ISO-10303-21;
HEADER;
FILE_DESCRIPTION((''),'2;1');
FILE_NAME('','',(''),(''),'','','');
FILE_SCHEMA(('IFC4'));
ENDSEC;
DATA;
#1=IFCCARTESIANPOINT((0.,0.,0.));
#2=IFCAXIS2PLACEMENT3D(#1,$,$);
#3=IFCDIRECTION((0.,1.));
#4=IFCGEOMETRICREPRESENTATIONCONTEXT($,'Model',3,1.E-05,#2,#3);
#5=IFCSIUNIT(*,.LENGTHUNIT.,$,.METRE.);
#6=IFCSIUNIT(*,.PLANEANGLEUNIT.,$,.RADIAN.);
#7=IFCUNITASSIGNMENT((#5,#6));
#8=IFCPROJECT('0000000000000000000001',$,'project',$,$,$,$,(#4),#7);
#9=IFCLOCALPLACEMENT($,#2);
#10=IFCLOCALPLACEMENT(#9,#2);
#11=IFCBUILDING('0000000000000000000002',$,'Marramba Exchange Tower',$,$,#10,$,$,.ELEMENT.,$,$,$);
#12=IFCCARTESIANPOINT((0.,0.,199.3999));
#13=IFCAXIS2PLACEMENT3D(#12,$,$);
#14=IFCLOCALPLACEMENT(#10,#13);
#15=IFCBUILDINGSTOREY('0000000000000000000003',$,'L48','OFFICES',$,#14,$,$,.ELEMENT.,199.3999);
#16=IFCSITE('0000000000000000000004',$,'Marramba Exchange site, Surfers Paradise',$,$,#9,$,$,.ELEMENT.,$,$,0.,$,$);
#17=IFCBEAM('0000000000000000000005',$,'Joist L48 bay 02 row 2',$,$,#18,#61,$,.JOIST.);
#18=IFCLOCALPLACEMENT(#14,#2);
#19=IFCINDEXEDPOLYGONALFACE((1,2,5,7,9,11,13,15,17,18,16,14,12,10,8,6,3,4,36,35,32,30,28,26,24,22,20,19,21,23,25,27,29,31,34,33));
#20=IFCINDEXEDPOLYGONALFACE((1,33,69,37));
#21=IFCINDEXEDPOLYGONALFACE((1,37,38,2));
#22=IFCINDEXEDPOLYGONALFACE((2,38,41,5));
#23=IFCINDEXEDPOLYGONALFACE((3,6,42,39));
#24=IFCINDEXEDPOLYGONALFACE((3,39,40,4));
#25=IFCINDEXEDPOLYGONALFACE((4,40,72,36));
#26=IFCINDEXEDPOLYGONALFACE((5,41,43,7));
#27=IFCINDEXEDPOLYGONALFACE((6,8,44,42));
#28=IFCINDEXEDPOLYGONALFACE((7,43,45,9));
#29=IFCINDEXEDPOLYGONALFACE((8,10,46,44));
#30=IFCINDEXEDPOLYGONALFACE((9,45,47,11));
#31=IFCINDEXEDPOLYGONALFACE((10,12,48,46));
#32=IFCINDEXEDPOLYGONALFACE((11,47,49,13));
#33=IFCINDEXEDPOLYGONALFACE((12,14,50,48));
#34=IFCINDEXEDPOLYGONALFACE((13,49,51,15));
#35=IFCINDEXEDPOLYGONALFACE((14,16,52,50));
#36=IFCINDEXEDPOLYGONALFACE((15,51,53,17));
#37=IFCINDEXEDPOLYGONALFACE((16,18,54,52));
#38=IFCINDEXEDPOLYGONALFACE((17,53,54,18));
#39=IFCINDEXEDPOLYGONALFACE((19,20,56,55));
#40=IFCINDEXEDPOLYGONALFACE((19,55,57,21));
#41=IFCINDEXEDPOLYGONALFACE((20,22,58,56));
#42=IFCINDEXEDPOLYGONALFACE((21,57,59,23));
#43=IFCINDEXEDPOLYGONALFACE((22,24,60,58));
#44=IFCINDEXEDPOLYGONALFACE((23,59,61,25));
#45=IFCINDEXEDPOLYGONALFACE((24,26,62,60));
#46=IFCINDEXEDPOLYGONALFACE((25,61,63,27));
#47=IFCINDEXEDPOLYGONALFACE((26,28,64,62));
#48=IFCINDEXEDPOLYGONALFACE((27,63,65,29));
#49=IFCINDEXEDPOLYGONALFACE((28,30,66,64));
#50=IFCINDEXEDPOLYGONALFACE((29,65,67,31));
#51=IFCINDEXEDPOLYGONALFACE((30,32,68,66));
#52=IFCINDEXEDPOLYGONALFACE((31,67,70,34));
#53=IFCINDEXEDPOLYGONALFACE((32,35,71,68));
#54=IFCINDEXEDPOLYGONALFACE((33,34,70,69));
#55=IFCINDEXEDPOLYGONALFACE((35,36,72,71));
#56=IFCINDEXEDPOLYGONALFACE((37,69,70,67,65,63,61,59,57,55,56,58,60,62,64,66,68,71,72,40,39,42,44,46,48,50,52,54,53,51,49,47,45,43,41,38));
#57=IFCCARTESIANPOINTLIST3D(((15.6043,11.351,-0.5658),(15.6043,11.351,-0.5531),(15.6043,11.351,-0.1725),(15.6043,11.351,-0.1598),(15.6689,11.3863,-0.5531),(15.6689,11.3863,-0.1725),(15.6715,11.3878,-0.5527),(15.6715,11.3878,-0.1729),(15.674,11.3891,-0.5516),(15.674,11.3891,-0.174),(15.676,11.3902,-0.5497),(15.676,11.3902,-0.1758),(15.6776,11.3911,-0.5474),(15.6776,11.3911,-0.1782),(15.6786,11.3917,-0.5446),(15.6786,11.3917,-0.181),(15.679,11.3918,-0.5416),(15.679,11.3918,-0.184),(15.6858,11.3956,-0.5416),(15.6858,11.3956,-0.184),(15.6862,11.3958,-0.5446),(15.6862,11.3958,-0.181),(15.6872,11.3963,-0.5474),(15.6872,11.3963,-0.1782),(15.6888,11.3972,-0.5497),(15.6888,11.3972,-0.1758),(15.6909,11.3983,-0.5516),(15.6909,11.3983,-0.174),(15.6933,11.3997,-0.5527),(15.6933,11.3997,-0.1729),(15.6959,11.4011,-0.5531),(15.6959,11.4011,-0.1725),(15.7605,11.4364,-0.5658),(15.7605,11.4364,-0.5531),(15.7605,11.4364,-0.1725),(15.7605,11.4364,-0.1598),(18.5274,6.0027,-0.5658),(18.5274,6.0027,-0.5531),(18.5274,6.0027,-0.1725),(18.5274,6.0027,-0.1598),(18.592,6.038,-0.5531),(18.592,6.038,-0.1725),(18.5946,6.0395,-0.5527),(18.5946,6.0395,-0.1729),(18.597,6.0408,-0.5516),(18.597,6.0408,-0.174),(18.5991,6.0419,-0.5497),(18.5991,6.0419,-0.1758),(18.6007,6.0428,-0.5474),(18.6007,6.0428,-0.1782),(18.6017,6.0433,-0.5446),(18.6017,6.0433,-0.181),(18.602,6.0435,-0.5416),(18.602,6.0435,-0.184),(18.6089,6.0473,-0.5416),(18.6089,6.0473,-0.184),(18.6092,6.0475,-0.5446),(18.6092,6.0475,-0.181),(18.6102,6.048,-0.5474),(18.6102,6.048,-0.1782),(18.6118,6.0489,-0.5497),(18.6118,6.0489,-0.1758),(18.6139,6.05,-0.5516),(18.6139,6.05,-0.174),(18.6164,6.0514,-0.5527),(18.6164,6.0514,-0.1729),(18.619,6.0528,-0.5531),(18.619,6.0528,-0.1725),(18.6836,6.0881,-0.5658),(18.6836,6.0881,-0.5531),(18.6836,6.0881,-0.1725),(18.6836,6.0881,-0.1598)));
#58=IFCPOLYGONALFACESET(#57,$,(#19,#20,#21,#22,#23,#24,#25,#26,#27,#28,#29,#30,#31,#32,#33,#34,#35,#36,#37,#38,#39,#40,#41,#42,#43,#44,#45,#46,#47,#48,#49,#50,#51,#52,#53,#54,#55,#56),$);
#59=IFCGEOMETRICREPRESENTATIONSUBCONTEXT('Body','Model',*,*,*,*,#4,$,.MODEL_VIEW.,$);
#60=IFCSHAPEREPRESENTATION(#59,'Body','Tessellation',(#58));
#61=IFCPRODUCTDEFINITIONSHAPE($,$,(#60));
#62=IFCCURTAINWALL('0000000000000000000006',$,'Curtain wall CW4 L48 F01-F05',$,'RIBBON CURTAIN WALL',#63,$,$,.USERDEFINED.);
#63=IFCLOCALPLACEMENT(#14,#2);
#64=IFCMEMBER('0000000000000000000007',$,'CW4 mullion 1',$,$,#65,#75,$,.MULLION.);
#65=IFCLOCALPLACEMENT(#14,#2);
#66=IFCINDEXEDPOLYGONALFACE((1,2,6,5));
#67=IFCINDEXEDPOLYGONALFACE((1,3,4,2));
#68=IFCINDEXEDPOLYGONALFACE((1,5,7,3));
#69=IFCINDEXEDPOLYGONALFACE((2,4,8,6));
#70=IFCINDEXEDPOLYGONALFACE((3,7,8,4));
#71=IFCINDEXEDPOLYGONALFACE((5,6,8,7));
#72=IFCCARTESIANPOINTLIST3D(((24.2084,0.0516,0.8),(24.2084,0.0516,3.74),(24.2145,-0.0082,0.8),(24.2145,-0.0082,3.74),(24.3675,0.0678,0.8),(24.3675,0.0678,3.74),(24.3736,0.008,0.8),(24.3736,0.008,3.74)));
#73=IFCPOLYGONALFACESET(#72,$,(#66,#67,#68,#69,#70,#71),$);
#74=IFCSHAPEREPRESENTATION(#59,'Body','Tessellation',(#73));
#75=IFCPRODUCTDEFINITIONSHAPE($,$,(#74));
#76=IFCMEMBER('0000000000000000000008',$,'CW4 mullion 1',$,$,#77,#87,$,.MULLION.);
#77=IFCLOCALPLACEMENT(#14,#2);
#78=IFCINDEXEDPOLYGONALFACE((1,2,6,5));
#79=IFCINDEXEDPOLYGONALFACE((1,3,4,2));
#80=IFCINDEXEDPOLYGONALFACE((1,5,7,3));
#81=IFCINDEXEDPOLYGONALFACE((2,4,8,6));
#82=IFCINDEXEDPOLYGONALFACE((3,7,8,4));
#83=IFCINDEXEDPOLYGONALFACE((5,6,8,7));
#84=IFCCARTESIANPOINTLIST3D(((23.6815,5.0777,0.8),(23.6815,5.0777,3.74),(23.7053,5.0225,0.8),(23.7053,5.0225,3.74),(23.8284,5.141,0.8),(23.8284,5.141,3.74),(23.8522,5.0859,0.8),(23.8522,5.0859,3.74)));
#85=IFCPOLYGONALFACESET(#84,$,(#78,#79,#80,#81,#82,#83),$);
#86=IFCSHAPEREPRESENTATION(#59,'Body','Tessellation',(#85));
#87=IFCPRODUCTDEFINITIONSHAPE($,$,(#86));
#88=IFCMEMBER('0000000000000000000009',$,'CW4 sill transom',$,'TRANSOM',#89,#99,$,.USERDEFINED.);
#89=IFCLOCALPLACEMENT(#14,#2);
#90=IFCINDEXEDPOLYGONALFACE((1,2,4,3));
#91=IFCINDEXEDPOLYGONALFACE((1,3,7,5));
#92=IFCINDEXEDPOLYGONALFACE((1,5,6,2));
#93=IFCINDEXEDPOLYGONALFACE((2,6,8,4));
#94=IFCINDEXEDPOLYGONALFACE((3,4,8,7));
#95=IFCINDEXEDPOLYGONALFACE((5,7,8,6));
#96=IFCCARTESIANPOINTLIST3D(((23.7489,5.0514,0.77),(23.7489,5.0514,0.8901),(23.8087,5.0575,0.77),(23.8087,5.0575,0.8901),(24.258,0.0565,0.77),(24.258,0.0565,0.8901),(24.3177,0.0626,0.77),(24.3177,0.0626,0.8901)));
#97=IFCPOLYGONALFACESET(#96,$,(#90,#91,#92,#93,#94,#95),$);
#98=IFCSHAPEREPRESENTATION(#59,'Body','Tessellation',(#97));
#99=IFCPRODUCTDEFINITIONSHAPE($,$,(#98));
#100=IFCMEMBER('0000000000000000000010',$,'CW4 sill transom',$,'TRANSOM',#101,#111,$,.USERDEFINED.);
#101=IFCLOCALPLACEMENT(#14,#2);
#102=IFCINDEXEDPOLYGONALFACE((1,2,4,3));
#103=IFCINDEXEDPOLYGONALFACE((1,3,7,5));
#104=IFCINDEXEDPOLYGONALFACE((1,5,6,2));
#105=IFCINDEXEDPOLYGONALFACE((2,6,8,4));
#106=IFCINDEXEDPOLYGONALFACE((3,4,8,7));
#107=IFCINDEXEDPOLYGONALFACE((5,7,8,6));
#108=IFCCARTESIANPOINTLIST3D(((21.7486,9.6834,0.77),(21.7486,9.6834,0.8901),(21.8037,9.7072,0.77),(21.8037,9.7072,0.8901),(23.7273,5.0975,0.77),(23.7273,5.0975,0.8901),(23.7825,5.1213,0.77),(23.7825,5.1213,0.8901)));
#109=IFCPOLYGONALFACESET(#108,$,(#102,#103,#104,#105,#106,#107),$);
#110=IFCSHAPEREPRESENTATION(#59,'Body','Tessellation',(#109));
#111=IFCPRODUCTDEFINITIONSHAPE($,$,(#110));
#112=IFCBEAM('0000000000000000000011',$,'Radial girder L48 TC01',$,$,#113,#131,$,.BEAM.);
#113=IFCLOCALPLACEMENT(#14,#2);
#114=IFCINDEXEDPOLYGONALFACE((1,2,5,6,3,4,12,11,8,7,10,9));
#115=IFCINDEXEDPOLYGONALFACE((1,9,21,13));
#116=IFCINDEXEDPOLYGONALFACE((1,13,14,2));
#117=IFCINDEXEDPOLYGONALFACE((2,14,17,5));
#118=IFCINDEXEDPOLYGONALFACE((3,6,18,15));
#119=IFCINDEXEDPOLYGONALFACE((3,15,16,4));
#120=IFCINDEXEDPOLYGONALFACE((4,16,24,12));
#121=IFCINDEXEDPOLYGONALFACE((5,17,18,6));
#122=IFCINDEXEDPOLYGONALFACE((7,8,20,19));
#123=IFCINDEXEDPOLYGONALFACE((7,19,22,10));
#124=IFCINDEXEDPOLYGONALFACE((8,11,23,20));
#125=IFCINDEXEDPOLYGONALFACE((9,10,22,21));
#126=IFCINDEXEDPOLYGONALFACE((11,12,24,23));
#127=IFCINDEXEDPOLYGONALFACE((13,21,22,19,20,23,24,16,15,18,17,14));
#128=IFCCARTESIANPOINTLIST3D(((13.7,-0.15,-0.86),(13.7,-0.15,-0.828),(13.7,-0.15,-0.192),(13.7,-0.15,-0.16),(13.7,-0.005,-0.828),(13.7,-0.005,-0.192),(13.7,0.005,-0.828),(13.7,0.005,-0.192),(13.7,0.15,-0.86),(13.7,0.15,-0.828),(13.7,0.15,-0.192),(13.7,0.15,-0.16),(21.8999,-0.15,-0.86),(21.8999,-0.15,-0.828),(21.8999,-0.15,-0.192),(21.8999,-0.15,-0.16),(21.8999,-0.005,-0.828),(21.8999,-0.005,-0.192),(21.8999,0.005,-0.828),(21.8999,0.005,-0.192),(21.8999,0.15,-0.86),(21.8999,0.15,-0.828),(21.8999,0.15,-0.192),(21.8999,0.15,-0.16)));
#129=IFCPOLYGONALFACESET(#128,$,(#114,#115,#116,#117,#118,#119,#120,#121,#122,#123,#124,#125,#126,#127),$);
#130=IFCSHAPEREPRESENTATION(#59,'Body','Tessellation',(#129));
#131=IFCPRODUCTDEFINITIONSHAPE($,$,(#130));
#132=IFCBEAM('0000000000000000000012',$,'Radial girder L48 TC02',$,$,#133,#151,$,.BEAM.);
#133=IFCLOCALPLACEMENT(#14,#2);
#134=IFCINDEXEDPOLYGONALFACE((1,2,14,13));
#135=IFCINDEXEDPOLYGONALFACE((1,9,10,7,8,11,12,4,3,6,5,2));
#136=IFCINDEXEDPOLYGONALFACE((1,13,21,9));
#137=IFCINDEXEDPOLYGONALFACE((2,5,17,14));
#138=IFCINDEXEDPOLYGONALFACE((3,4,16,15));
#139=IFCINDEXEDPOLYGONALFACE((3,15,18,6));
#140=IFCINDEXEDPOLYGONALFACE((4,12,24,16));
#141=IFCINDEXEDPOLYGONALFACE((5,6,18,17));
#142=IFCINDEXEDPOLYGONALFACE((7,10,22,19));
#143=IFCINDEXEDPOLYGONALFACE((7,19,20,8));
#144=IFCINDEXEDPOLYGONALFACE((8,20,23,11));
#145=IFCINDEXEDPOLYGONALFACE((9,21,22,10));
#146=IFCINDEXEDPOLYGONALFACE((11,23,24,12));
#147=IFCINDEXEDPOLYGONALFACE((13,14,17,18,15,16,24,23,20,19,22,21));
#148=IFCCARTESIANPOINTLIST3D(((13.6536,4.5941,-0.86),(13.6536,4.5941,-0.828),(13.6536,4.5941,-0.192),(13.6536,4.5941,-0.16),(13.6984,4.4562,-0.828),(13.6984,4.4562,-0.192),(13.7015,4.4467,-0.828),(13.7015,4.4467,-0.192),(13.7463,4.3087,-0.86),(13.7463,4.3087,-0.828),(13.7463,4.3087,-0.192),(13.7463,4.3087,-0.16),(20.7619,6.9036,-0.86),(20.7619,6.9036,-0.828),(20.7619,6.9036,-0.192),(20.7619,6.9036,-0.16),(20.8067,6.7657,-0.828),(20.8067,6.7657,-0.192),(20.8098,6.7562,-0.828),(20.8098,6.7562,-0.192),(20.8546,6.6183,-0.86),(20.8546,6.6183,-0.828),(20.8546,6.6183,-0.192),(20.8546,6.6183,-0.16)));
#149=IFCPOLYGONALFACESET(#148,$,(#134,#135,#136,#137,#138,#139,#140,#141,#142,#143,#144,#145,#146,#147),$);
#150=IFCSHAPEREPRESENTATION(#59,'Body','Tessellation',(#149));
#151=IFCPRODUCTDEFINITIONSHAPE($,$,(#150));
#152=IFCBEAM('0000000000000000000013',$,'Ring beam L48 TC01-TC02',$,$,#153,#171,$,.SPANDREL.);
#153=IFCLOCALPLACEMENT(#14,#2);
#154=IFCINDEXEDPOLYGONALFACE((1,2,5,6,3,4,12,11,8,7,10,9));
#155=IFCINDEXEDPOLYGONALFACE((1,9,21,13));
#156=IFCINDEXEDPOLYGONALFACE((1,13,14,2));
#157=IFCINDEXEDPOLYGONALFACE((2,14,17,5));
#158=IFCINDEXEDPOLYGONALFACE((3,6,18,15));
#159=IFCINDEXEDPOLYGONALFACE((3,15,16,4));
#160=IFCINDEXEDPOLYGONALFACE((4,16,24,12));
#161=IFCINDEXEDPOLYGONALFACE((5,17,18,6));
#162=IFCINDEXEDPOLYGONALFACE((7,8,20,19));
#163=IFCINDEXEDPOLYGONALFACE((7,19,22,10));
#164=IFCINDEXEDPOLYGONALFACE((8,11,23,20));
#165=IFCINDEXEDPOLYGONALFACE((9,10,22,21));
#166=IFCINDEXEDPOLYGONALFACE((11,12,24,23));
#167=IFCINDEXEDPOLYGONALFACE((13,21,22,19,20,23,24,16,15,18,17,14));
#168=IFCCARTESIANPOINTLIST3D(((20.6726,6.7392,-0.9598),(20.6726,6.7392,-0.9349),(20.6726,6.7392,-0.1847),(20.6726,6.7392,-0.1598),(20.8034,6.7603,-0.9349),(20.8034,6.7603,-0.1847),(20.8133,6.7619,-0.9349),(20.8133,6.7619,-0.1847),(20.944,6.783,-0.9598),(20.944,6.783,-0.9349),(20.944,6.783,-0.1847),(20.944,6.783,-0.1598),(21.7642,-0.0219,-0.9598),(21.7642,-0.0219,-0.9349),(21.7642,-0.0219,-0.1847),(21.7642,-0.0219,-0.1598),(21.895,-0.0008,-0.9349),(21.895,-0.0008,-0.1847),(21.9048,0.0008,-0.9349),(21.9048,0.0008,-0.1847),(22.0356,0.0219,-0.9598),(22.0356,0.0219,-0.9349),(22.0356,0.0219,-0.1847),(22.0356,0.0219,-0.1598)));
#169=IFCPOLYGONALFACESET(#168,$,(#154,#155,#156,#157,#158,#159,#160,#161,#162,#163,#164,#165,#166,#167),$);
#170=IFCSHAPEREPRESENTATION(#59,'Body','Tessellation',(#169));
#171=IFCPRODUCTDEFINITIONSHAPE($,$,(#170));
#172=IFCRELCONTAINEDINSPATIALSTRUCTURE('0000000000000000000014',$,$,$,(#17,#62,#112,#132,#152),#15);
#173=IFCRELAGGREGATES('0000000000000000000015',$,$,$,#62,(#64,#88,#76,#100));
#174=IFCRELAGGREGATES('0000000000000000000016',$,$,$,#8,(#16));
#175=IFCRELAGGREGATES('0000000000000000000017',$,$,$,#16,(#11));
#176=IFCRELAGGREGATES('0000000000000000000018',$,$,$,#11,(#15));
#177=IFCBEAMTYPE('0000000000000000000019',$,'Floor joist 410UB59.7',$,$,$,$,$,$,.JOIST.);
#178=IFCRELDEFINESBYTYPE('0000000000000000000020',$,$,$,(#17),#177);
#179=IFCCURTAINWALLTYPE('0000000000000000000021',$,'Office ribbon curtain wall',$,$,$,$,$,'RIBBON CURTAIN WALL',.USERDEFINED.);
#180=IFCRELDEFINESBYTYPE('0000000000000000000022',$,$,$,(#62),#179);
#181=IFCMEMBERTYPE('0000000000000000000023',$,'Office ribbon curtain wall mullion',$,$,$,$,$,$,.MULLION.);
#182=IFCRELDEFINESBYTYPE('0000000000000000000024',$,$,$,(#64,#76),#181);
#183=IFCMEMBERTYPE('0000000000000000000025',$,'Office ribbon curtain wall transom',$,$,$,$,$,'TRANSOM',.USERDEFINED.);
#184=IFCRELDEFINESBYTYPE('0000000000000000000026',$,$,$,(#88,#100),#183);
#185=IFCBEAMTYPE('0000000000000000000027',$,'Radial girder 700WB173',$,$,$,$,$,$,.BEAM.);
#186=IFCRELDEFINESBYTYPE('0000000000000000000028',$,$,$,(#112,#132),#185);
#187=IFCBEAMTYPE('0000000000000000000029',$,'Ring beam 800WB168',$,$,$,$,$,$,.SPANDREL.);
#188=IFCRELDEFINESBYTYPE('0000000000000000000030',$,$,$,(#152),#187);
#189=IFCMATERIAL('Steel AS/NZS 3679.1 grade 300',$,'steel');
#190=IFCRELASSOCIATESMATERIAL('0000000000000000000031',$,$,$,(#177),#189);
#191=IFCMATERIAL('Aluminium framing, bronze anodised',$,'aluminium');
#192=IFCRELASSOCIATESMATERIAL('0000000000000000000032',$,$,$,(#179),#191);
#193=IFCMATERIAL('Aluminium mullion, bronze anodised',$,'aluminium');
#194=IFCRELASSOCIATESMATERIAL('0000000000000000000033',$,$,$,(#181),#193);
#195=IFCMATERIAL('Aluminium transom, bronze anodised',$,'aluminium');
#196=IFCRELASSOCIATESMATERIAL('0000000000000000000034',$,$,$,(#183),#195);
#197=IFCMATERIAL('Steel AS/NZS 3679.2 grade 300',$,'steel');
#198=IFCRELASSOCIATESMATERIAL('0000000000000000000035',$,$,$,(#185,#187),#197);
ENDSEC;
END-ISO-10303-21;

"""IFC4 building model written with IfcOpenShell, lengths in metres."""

from ifc_helpers import new_model, si_unit, direction, frame, origin, origin_2d, place, context, subcontext, project, spatial, rectangle, i_section, extrude, material, material_profile, profile_set, type_object, element, aggregate, save


model = new_model("IFC4")

# Units and contexts
model_context = context("Model", 3, precision=1e-05, world=origin(), true_north=direction((0.0, 1.0)))
body_context = subcontext(model_context, "Body", "Model", "MODEL_VIEW")
ifc_project = project(units=[si_unit("LENGTHUNIT", "METRE"), si_unit("PLANEANGLEUNIT", "RADIAN")], contexts=[model_context])

# Site, building, storey
site_placement = place(None, origin())
site = spatial("IfcSite", under=ifc_project, at=site_placement, Name="Marramba Exchange site, Surfers Paradise", CompositionType="ELEMENT", RefElevation=0.0)
building_placement = place(site_placement, origin())
building = spatial("IfcBuilding", under=site, at=building_placement, Name="Marramba Exchange Tower", CompositionType="ELEMENT")
storey_placement = place(building_placement, frame((0.0, 0.0, 199.3999)))
storey = spatial("IfcBuildingStorey", under=building, at=storey_placement, Name="L48", Description="OFFICES", CompositionType="ELEMENT", Elevation=199.3999)

# Beam
ifc_material_1 = material(Name="Steel AS/NZS 3679.2 grade 300", Category="steel")
ifc_material_2 = material(Name="Steel AS/NZS 3679.1 grade 300", Category="steel")
ifc_material_profile_1 = material_profile(ifc_material_2, i_section(OverallWidth=0.178, OverallDepth=0.406, WebThickness=0.0078, FlangeThickness=0.0127, FilletRadius=0.0115, at=origin_2d()), Name="410UB59.7")
ifc_profile_set_1 = profile_set([ifc_material_profile_1], Name="Steel AS/NZS 3679.1 grade 300")
beam_type_1 = type_object("IfcBeamType", Name="Floor joist 410UB59.7", PredefinedType="JOIST", material=ifc_profile_set_1)
beam_1_placement = place(storey_placement, frame((18.6055, 6.0454, -0.3628), z_axis=(-0.479584, 0.877496, 0.0), x_axis=(-0.877496, -0.479584, 0.0)))
element("IfcBeam", 1, at=beam_1_placement, inside=storey, type_object=beam_type_1, Name="Joist L48 bay 02 row 2", PredefinedType="JOIST", context=body_context, shape_type="SweptSolid", body=[
    extrude(i_section(OverallWidth=0.178, OverallDepth=0.406, WebThickness=0.0078, FlangeThickness=0.0127, FilletRadius=0.0115, at=origin_2d()), origin(), (0.0, 0.0, 1.0), 6.095),
])

# Curtain wall, members
ifc_material_3 = material(Name="Aluminium framing, bronze anodised", Category="aluminium")
curtain_wall_type = type_object("IfcCurtainWallType", Name="Office ribbon curtain wall", ElementType="RIBBON CURTAIN WALL", PredefinedType="USERDEFINED", material=ifc_material_3)
curtain_wall_placement = place(storey_placement, origin())
curtain_wall = element("IfcCurtainWall", 2, at=curtain_wall_placement, inside=storey, type_object=curtain_wall_type, Name="Curtain wall CW4 L48 F01-F05", ObjectType="RIBBON CURTAIN WALL", PredefinedType="USERDEFINED")
ifc_material_4 = material(Name="Aluminium mullion, bronze anodised", Category="aluminium")
ifc_material_profile_2 = material_profile(ifc_material_4, rectangle(XDim=0.1599, YDim=0.0601, at=origin_2d()), Name="CW4 mullion 60x160")
ifc_profile_set_2 = profile_set([ifc_material_profile_2], Name="Aluminium mullion, bronze anodised")
member_type_1 = type_object("IfcMemberType", Name="Office ribbon curtain wall mullion", PredefinedType="MULLION", material=ifc_profile_set_2)
member_1_placement = place(storey_placement, frame((24.291, 0.0298, 0.8), z_axis=(0.0, 0.0, 1.0), x_axis=(-0.994843, -0.101422, 0.0)))
member_1 = element("IfcMember", 3, at=member_1_placement, type_object=member_type_1, Name="CW4 mullion 1", PredefinedType="MULLION", context=body_context, shape_type="SweptSolid", body=[
    extrude(rectangle(XDim=0.1599, YDim=0.0601, at=origin_2d()), origin(), (0.0, 0.0, 1.0), 2.9399),
])
member_2_placement = place(storey_placement, frame((23.7668, 5.0818, 0.8), z_axis=(0.0, 0.0, 1.0), x_axis=(-0.918167, -0.396193, 0.0)))
member_2 = element("IfcMember", 4, at=member_2_placement, type_object=member_type_1, Name="CW4 mullion 1", PredefinedType="MULLION", context=body_context, shape_type="SweptSolid", body=[
    extrude(rectangle(XDim=0.1599, YDim=0.0601, at=origin_2d()), origin(), (0.0, 0.0, 1.0), 2.9399),
])
ifc_material_5 = material(Name="Aluminium transom, bronze anodised", Category="aluminium")
ifc_material_profile_3 = material_profile(ifc_material_5, rectangle(XDim=0.0601, YDim=0.1201, at=origin_2d()), Name="CW4 transom 60x120")
ifc_profile_set_3 = profile_set([ifc_material_profile_3], Name="Aluminium transom, bronze anodised")
member_type_2 = type_object("IfcMemberType", Name="Office ribbon curtain wall transom", ElementType="TRANSOM", PredefinedType="USERDEFINED", material=ifc_profile_set_3)
member_3_placement = place(storey_placement, frame((24.2878, 0.0596, 0.8301), z_axis=(-0.101386, 0.994847, 0.0), x_axis=(-0.994847, -0.101386, 0.0)))
member_3 = element("IfcMember", 5, at=member_3_placement, type_object=member_type_2, Name="CW4 sill transom", ObjectType="TRANSOM", PredefinedType="USERDEFINED", context=body_context, shape_type="SweptSolid", body=[
    extrude(rectangle(XDim=0.0601, YDim=0.1201, at=origin_2d()), origin(), (0.0, 0.0, 1.0), 5.0208),
])
member_4_placement = place(storey_placement, frame((23.7549, 5.1094, 0.8301), z_axis=(-0.396178, 0.918174, 0.0), x_axis=(-0.918174, -0.396178, 0.0)))
member_4 = element("IfcMember", 6, at=member_4_placement, type_object=member_type_2, Name="CW4 sill transom", ObjectType="TRANSOM", PredefinedType="USERDEFINED", context=body_context, shape_type="SweptSolid", body=[
    extrude(rectangle(XDim=0.0601, YDim=0.1201, at=origin_2d()), origin(), (0.0, 0.0, 1.0), 4.9946),
])

# Beams
ifc_material_profile_4 = material_profile(ifc_material_1, i_section(OverallWidth=0.3, OverallDepth=0.7, WebThickness=0.01, FlangeThickness=0.032, at=origin_2d()), Name="700WB173")
ifc_profile_set_4 = profile_set([ifc_material_profile_4], Name="Steel AS/NZS 3679.2 grade 300")
beam_type_2 = type_object("IfcBeamType", Name="Radial girder 700WB173", PredefinedType="BEAM", material=ifc_profile_set_4)
beam_2_placement = place(storey_placement, frame((13.7, 0.0, -0.51), z_axis=(1.0, 0.0, 0.0), x_axis=(0.0, 1.0, 0.0)))
element("IfcBeam", 7, at=beam_2_placement, inside=storey, type_object=beam_type_2, Name="Radial girder L48 TC01", PredefinedType="BEAM", context=body_context, shape_type="SweptSolid", body=[
    extrude(i_section(OverallWidth=0.3, OverallDepth=0.7, WebThickness=0.01, FlangeThickness=0.032, at=origin_2d()), origin(), (0.0, 0.0, 1.0), 8.2),
])
beam_3_placement = place(storey_placement, frame((13.7, 4.4514, -0.51), z_axis=(0.95106, 0.309006, 0.0), x_axis=(-0.309006, 0.95106, 0.0)))
element("IfcBeam", 8, at=beam_3_placement, inside=storey, type_object=beam_type_2, Name="Radial girder L48 TC02", PredefinedType="BEAM", context=body_context, shape_type="SweptSolid", body=[
    extrude(i_section(OverallWidth=0.3, OverallDepth=0.7, WebThickness=0.01, FlangeThickness=0.032, at=origin_2d()), origin(), (0.0, 0.0, 1.0), 7.4741),
])
ifc_material_profile_5 = material_profile(ifc_material_1, i_section(OverallWidth=0.2749, OverallDepth=0.8, WebThickness=0.01, FlangeThickness=0.0249, at=origin_2d()), Name="800WB168")
ifc_profile_set_5 = profile_set([ifc_material_profile_5], Name="Steel AS/NZS 3679.2 grade 300")
beam_type_3 = type_object("IfcBeamType", Name="Ring beam 800WB168", PredefinedType="SPANDREL", material=ifc_profile_set_5)
beam_4_placement = place(storey_placement, frame((21.8999, 0.0, -0.5598), z_axis=(-0.159385, 0.987217, 0.0), x_axis=(-0.987217, -0.159385, 0.0)))
element("IfcBeam", 9, at=beam_4_placement, inside=storey, type_object=beam_type_3, Name="Ring beam L48 TC01-TC02", PredefinedType="SPANDREL", context=body_context, shape_type="SweptSolid", body=[
    extrude(i_section(OverallWidth=0.2749, OverallDepth=0.8, WebThickness=0.01, FlangeThickness=0.0249, at=origin_2d()), origin(), (0.0, 0.0, 1.0), 6.8486),
])

aggregate(curtain_wall, [member_1, member_3, member_2, member_4])

save(model, "model.ifc")
